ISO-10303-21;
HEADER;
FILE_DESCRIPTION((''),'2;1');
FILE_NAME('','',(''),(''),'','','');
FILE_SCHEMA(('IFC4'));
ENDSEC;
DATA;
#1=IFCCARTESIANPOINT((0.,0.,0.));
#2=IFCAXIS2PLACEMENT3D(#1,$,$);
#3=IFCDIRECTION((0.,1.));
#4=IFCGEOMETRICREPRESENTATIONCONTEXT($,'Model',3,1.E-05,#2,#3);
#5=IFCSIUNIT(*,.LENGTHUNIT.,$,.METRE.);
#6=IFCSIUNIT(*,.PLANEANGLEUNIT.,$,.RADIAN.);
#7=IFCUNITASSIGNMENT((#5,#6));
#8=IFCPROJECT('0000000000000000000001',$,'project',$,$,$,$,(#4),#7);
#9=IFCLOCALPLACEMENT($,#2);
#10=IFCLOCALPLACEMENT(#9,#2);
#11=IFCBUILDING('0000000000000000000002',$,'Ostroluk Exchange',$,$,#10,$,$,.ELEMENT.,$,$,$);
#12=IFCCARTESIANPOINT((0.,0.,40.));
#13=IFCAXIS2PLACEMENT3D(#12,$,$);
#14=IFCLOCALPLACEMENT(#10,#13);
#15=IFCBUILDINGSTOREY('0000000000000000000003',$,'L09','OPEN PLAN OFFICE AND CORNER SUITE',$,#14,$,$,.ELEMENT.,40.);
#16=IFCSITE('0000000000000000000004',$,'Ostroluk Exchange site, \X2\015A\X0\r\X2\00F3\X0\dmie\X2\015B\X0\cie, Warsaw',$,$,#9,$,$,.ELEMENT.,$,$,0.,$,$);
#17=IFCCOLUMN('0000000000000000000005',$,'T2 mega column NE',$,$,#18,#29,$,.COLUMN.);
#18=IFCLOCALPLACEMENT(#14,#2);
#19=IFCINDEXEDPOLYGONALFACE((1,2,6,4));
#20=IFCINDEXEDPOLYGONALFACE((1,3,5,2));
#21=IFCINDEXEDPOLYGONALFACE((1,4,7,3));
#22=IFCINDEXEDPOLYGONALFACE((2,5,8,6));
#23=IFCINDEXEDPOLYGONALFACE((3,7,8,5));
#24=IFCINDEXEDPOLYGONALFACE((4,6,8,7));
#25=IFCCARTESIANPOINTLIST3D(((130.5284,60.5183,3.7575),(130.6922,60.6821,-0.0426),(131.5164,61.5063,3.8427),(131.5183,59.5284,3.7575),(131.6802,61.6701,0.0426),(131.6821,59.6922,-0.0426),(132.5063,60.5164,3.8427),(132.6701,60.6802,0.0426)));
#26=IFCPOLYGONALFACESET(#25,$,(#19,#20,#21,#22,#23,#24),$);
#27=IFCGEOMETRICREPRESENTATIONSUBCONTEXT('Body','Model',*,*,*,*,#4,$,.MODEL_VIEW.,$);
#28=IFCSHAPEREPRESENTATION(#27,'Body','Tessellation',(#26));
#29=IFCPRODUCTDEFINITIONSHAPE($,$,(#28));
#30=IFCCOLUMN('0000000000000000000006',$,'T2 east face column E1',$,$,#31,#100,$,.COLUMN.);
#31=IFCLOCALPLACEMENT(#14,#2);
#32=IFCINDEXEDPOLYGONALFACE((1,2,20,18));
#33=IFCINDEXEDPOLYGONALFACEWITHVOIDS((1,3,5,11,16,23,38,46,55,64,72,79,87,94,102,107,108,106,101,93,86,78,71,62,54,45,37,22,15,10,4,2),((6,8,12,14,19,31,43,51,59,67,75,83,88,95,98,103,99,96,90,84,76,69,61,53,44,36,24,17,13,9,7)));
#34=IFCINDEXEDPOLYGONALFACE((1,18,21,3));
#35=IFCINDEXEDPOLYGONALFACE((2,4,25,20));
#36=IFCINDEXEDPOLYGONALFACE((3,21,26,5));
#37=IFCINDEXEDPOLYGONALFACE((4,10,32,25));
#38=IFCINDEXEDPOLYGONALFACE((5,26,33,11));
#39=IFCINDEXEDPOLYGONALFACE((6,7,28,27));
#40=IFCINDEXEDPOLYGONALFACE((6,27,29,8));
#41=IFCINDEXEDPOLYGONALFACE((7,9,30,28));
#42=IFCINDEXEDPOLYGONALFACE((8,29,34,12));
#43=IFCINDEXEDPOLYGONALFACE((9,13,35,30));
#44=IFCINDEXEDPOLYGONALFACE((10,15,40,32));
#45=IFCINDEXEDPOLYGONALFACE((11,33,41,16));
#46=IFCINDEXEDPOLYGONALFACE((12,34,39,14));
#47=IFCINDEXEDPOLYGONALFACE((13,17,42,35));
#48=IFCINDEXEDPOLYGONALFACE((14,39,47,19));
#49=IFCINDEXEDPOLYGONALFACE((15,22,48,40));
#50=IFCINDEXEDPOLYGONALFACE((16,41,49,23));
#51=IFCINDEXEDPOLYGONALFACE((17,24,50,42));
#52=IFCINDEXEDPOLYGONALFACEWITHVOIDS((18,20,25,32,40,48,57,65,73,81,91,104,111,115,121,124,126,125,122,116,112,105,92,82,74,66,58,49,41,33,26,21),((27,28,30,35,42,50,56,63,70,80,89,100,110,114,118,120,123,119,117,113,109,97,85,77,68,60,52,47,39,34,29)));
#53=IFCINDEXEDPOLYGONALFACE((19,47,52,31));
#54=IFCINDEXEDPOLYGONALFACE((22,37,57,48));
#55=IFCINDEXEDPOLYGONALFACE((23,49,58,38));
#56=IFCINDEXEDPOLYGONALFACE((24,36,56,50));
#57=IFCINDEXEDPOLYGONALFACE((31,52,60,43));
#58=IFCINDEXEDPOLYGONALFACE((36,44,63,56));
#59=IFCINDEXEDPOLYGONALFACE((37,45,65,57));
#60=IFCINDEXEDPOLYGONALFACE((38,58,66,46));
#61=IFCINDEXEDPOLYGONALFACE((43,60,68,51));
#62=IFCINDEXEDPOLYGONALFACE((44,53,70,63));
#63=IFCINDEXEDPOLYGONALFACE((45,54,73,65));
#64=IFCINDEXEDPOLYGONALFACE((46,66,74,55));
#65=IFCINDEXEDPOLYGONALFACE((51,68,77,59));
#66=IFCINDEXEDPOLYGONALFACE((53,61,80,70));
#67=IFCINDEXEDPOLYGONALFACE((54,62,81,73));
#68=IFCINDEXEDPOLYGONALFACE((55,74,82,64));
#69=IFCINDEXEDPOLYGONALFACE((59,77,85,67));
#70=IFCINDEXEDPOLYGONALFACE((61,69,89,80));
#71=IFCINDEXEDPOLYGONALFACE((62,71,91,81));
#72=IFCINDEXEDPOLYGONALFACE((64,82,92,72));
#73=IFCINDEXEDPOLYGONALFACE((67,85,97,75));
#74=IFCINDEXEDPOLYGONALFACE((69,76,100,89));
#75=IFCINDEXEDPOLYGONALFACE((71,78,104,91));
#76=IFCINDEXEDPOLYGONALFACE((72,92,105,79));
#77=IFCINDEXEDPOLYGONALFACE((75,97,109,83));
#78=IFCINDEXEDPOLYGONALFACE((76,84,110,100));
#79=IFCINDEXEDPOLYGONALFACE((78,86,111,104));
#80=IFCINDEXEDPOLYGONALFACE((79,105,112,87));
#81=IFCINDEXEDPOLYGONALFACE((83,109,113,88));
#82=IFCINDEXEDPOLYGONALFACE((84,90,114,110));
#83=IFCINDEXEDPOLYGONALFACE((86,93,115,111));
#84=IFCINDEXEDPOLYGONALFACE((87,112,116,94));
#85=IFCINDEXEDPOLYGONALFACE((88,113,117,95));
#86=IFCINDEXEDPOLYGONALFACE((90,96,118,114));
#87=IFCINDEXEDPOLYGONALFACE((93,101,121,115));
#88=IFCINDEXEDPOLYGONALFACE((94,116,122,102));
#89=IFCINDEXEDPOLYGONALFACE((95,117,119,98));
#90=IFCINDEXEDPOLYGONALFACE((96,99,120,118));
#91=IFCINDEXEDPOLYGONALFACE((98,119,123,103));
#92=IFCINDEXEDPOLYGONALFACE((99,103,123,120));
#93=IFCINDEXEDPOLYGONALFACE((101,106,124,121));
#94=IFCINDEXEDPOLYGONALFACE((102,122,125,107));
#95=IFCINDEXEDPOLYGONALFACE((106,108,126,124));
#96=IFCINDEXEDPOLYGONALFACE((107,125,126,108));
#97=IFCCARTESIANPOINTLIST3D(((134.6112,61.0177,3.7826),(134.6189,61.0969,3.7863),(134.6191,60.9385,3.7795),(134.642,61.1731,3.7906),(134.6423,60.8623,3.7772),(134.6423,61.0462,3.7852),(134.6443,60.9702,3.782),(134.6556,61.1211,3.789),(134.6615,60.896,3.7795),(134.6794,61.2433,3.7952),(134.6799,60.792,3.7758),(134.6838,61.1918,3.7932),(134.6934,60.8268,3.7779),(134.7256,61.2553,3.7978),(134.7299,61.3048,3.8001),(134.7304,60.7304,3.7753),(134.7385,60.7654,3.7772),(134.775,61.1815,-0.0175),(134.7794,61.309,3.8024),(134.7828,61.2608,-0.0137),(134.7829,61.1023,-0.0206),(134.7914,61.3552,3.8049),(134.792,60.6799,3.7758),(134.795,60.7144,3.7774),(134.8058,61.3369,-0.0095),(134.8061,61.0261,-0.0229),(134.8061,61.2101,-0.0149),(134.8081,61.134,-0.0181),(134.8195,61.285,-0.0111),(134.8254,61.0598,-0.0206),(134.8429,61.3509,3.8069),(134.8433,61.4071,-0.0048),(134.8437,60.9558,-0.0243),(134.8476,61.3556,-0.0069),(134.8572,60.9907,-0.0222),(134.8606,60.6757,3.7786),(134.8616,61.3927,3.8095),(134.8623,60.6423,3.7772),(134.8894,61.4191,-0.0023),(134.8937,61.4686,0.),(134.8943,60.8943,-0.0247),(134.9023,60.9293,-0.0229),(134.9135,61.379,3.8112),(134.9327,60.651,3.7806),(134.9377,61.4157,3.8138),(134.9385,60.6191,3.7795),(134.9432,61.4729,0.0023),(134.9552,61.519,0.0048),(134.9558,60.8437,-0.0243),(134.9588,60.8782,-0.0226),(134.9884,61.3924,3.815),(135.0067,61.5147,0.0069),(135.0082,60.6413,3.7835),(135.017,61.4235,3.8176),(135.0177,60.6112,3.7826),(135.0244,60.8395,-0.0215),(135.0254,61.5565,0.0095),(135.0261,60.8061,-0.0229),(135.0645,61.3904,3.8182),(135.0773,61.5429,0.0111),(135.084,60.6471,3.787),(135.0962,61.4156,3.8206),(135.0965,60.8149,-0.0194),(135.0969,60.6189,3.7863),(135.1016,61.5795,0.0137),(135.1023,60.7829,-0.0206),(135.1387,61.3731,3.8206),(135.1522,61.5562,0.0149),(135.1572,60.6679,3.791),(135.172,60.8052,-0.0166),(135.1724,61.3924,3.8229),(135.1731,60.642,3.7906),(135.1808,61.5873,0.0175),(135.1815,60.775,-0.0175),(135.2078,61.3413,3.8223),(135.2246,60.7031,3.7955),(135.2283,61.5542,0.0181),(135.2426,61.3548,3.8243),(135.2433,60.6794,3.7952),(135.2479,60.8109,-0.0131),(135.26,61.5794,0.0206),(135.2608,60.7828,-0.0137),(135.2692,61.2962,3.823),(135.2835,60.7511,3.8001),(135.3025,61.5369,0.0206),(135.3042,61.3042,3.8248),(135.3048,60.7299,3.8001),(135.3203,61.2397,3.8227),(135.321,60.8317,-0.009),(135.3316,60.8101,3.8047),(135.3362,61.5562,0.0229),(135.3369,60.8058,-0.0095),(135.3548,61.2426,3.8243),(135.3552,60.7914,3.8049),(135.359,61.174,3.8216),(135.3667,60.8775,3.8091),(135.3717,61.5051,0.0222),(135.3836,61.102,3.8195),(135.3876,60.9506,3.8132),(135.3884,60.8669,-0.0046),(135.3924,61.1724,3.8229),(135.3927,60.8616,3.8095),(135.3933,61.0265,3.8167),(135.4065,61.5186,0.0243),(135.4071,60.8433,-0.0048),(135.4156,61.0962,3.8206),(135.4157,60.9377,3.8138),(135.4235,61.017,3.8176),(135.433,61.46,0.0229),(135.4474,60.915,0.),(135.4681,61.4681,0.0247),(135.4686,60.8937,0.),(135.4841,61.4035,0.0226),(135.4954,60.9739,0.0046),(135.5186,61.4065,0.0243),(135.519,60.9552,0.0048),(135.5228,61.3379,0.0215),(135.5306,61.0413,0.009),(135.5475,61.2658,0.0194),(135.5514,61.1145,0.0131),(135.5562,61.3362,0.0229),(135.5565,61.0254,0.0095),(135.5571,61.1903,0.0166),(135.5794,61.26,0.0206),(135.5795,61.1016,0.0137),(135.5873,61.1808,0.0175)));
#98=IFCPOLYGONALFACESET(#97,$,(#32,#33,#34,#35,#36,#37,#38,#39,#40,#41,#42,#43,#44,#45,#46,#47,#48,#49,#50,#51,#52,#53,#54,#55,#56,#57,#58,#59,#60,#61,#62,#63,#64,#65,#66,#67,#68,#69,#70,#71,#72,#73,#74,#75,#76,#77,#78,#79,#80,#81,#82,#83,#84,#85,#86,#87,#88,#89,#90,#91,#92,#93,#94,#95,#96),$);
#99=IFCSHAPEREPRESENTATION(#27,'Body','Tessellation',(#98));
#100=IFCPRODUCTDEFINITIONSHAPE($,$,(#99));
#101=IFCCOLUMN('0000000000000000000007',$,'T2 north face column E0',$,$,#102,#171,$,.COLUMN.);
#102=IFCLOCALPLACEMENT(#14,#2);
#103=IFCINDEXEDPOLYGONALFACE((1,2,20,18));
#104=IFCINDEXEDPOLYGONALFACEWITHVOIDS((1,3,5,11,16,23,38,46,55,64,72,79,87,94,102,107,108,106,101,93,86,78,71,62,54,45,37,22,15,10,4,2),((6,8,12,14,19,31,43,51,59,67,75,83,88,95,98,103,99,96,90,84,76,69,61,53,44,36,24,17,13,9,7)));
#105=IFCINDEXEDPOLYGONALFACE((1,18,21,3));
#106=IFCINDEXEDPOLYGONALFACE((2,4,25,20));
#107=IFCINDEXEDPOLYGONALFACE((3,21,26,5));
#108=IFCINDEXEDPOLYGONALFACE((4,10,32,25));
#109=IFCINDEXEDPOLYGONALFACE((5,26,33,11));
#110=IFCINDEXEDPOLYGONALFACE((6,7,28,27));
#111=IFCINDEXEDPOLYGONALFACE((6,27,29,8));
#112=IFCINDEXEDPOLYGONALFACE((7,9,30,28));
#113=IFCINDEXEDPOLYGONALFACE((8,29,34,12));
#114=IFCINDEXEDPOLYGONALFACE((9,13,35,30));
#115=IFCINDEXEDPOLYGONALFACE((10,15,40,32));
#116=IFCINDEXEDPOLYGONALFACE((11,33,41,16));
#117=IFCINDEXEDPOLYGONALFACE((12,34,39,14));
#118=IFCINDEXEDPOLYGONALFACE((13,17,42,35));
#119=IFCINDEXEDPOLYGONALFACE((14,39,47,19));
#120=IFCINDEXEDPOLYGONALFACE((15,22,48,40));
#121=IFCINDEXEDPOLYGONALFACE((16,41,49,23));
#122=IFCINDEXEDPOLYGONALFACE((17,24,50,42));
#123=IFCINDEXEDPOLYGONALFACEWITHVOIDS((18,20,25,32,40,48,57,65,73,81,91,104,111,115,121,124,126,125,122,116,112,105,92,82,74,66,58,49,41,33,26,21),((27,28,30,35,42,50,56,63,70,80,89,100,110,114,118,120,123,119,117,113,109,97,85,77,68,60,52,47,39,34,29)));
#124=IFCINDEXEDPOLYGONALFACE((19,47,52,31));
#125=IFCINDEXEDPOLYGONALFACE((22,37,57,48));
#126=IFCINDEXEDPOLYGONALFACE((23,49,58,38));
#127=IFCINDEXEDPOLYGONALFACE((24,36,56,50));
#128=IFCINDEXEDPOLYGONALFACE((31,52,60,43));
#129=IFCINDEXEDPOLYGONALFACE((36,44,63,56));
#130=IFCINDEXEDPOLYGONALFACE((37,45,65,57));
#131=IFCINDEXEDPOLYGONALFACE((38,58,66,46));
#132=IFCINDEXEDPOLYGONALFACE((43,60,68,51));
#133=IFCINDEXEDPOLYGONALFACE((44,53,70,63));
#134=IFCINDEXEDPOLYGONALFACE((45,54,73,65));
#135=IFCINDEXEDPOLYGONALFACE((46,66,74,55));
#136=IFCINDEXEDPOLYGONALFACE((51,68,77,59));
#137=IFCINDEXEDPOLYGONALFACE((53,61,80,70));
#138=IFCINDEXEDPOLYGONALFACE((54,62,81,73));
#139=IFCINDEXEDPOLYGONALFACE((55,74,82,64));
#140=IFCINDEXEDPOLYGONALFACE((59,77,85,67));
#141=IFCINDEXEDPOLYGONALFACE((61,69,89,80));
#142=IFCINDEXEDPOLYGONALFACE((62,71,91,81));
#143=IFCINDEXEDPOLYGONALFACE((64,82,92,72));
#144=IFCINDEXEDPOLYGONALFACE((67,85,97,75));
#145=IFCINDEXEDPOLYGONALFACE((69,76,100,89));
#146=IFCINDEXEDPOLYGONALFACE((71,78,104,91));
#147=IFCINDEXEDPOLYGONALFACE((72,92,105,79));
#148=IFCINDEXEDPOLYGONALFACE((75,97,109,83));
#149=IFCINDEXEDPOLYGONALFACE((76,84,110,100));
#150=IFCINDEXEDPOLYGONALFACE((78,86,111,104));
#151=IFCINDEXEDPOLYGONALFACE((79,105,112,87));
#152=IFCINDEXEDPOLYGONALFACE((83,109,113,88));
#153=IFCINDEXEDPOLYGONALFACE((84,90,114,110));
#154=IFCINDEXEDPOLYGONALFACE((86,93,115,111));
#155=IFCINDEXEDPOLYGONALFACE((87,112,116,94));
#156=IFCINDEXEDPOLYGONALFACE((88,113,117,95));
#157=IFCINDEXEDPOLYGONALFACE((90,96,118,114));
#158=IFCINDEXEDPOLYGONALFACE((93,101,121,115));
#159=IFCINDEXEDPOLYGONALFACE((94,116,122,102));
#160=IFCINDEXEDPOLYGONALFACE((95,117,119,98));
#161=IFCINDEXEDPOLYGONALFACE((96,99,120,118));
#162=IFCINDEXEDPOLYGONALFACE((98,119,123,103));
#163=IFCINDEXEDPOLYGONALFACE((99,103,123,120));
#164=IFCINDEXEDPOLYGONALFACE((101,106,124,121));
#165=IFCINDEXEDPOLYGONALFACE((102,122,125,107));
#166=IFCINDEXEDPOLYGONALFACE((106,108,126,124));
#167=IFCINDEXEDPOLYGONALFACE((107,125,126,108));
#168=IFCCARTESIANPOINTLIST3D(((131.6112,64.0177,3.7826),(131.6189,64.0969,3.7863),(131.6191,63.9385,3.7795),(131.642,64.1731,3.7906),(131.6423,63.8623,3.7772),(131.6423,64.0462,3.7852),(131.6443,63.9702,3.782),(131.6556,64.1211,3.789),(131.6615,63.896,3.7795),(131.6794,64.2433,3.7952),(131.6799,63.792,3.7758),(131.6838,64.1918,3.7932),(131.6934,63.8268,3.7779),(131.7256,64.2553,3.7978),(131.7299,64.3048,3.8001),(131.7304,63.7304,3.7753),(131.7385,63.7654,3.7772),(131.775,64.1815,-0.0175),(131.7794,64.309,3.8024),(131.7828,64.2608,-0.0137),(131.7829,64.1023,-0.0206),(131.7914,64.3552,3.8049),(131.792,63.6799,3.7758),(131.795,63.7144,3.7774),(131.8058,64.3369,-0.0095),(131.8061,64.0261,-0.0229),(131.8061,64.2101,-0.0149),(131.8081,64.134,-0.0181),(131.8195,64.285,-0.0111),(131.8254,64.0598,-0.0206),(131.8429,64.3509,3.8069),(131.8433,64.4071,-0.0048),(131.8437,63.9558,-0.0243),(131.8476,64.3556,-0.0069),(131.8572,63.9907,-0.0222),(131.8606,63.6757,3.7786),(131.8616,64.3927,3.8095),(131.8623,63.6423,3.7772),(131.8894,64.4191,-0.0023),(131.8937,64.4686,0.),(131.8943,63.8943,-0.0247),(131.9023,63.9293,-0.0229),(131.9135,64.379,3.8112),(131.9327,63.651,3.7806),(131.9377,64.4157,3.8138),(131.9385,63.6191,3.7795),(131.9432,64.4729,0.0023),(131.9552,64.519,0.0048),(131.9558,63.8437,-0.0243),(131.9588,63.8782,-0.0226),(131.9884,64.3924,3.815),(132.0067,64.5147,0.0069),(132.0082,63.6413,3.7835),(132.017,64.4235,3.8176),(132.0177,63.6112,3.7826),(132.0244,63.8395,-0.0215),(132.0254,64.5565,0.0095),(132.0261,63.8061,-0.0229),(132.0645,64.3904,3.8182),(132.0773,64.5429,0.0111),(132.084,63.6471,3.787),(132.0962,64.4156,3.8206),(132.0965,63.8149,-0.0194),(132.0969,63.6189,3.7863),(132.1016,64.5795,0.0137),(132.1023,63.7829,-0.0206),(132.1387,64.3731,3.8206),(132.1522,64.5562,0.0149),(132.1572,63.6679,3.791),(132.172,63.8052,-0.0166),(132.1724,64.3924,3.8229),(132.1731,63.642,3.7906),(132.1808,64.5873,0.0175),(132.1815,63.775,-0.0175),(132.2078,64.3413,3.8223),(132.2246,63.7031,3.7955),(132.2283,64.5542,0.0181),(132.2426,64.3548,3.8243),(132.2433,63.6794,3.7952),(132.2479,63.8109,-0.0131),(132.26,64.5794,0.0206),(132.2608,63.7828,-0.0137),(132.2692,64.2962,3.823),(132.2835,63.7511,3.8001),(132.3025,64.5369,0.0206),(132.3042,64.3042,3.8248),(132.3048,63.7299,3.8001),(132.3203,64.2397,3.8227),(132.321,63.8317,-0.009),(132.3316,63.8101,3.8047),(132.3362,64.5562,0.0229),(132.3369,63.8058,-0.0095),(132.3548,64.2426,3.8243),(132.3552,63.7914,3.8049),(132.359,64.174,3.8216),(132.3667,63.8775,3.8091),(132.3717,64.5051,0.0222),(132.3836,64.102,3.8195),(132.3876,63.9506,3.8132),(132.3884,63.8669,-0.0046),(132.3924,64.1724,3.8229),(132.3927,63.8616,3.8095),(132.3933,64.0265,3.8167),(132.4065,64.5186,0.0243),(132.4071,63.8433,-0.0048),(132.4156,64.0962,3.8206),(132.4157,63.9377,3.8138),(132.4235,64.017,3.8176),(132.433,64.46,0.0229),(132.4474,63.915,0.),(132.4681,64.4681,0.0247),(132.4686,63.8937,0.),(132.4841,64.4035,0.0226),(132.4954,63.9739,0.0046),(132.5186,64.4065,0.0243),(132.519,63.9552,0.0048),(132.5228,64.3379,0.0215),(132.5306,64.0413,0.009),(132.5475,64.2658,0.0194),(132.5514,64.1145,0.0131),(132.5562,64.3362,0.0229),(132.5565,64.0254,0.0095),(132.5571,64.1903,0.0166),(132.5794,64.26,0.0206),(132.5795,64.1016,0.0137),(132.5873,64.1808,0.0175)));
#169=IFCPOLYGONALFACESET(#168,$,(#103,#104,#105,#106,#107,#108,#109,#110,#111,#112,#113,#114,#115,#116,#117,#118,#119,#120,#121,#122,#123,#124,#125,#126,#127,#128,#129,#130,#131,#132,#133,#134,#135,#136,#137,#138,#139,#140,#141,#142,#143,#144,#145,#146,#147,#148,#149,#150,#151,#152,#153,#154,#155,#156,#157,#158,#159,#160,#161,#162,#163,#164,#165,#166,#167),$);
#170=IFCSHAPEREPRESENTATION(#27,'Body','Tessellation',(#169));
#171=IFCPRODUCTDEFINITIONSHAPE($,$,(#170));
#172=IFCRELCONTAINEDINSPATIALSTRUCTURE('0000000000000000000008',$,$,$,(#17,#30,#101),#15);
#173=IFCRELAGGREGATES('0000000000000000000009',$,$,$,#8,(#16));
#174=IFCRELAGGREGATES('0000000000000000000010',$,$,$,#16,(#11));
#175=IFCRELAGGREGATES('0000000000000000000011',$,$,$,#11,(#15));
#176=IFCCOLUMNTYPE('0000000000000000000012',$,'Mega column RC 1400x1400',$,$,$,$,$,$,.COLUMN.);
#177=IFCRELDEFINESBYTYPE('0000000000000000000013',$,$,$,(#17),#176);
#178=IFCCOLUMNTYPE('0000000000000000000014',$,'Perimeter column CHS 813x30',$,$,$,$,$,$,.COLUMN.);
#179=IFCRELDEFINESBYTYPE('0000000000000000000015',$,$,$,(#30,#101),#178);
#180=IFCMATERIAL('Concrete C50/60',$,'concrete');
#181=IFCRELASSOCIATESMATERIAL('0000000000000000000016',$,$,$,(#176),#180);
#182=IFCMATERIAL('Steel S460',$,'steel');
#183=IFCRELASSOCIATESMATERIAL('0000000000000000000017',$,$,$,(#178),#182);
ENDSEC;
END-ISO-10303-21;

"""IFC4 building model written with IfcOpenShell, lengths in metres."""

from ifc_helpers import new_model, si_unit, direction, frame, origin, origin_2d, place, context, subcontext, project, spatial, rectangle, hollow_circle, extrude, material, material_profile, profile_set, type_object, element, save


model = new_model("IFC4")

# Units and contexts
model_context = context("Model", 3, precision=1e-05, world=origin(), true_north=direction((0.0, 1.0)))
body_context = subcontext(model_context, "Body", "Model", "MODEL_VIEW")
ifc_project = project(units=[si_unit("LENGTHUNIT", "METRE"), si_unit("PLANEANGLEUNIT", "RADIAN")], contexts=[model_context])

# Site, building, storey
site_placement = place(None, origin())
site = spatial("IfcSite", under=ifc_project, at=site_placement, Name="Ostroluk Exchange site, Śródmieście, Warsaw", CompositionType="ELEMENT", RefElevation=0.0)
building_placement = place(site_placement, origin())
building = spatial("IfcBuilding", under=site, at=building_placement, Name="Ostroluk Exchange", CompositionType="ELEMENT")
storey_placement = place(building_placement, frame((0.0, 0.0, 40.0)))
storey = spatial("IfcBuildingStorey", under=building, at=storey_placement, Name="L09", Description="OPEN PLAN OFFICE AND CORNER SUITE", CompositionType="ELEMENT", Elevation=40.0)

# Columns
ifc_material_1 = material(Name="Concrete C50/60", Category="concrete")
ifc_material_profile_1 = material_profile(ifc_material_1, rectangle(XDim=1.3999, YDim=1.3999, at=origin_2d()), Name="RC 1400x1400")
ifc_profile_set_1 = profile_set([ifc_material_profile_1], Name="Concrete C50/60")
column_type_1 = type_object("IfcColumnType", Name="Mega column RC 1400x1400", PredefinedType="COLUMN", material=ifc_profile_set_1)
column_placement = place(storey_placement, frame((131.6812, 60.6812, 0.0), z_axis=(-0.04303, -0.04303, 0.998147), x_axis=(0.707107, -0.707107, 0.0)))
element("IfcColumn", 1, at=column_placement, inside=storey, type_object=column_type_1, Name="T2 mega column NE", PredefinedType="COLUMN", context=body_context, shape_type="SweptSolid", body=[
    extrude(rectangle(XDim=1.3999, YDim=1.3999, at=origin_2d()), origin(), (0.0, 0.0, 1.0), 3.8071),
])
ifc_material_2 = material(Name="Steel S460", Category="steel")
ifc_material_profile_2 = material_profile(ifc_material_2, hollow_circle(Radius=0.4065, WallThickness=0.03, at=origin_2d()), Name="CHS 813x30")
ifc_profile_set_2 = profile_set([ifc_material_profile_2], Name="Steel S460")
column_type_2 = type_object("IfcColumnType", Name="Perimeter column CHS 813x30", PredefinedType="COLUMN", material=ifc_profile_set_2)
for number, where, z_axis, x_axis, name in (
    (2, (135.1812, 61.1812, 0.0), (-0.04303, -0.04303, 0.998147), (0.707107, -0.707107, 0.0), "T2 east face column E1"),
    (3, (132.1812, 64.1812, 0.0), (-0.04303, -0.04303, 0.998147), (0.707107, -0.707107, 0.0), "T2 north face column E0"),
):
    element("IfcColumn", number, at=place(storey_placement, frame(where, z_axis=z_axis, x_axis=x_axis)), inside=storey, type_object=column_type_2, Name=name, PredefinedType="COLUMN", context=body_context, shape_type="SweptSolid", body=[
        extrude(hollow_circle(Radius=0.4065, WallThickness=0.03, at=origin_2d()), origin(), (0.0, 0.0, 1.0), 3.8071),
    ])

save(model, "model.ifc")
